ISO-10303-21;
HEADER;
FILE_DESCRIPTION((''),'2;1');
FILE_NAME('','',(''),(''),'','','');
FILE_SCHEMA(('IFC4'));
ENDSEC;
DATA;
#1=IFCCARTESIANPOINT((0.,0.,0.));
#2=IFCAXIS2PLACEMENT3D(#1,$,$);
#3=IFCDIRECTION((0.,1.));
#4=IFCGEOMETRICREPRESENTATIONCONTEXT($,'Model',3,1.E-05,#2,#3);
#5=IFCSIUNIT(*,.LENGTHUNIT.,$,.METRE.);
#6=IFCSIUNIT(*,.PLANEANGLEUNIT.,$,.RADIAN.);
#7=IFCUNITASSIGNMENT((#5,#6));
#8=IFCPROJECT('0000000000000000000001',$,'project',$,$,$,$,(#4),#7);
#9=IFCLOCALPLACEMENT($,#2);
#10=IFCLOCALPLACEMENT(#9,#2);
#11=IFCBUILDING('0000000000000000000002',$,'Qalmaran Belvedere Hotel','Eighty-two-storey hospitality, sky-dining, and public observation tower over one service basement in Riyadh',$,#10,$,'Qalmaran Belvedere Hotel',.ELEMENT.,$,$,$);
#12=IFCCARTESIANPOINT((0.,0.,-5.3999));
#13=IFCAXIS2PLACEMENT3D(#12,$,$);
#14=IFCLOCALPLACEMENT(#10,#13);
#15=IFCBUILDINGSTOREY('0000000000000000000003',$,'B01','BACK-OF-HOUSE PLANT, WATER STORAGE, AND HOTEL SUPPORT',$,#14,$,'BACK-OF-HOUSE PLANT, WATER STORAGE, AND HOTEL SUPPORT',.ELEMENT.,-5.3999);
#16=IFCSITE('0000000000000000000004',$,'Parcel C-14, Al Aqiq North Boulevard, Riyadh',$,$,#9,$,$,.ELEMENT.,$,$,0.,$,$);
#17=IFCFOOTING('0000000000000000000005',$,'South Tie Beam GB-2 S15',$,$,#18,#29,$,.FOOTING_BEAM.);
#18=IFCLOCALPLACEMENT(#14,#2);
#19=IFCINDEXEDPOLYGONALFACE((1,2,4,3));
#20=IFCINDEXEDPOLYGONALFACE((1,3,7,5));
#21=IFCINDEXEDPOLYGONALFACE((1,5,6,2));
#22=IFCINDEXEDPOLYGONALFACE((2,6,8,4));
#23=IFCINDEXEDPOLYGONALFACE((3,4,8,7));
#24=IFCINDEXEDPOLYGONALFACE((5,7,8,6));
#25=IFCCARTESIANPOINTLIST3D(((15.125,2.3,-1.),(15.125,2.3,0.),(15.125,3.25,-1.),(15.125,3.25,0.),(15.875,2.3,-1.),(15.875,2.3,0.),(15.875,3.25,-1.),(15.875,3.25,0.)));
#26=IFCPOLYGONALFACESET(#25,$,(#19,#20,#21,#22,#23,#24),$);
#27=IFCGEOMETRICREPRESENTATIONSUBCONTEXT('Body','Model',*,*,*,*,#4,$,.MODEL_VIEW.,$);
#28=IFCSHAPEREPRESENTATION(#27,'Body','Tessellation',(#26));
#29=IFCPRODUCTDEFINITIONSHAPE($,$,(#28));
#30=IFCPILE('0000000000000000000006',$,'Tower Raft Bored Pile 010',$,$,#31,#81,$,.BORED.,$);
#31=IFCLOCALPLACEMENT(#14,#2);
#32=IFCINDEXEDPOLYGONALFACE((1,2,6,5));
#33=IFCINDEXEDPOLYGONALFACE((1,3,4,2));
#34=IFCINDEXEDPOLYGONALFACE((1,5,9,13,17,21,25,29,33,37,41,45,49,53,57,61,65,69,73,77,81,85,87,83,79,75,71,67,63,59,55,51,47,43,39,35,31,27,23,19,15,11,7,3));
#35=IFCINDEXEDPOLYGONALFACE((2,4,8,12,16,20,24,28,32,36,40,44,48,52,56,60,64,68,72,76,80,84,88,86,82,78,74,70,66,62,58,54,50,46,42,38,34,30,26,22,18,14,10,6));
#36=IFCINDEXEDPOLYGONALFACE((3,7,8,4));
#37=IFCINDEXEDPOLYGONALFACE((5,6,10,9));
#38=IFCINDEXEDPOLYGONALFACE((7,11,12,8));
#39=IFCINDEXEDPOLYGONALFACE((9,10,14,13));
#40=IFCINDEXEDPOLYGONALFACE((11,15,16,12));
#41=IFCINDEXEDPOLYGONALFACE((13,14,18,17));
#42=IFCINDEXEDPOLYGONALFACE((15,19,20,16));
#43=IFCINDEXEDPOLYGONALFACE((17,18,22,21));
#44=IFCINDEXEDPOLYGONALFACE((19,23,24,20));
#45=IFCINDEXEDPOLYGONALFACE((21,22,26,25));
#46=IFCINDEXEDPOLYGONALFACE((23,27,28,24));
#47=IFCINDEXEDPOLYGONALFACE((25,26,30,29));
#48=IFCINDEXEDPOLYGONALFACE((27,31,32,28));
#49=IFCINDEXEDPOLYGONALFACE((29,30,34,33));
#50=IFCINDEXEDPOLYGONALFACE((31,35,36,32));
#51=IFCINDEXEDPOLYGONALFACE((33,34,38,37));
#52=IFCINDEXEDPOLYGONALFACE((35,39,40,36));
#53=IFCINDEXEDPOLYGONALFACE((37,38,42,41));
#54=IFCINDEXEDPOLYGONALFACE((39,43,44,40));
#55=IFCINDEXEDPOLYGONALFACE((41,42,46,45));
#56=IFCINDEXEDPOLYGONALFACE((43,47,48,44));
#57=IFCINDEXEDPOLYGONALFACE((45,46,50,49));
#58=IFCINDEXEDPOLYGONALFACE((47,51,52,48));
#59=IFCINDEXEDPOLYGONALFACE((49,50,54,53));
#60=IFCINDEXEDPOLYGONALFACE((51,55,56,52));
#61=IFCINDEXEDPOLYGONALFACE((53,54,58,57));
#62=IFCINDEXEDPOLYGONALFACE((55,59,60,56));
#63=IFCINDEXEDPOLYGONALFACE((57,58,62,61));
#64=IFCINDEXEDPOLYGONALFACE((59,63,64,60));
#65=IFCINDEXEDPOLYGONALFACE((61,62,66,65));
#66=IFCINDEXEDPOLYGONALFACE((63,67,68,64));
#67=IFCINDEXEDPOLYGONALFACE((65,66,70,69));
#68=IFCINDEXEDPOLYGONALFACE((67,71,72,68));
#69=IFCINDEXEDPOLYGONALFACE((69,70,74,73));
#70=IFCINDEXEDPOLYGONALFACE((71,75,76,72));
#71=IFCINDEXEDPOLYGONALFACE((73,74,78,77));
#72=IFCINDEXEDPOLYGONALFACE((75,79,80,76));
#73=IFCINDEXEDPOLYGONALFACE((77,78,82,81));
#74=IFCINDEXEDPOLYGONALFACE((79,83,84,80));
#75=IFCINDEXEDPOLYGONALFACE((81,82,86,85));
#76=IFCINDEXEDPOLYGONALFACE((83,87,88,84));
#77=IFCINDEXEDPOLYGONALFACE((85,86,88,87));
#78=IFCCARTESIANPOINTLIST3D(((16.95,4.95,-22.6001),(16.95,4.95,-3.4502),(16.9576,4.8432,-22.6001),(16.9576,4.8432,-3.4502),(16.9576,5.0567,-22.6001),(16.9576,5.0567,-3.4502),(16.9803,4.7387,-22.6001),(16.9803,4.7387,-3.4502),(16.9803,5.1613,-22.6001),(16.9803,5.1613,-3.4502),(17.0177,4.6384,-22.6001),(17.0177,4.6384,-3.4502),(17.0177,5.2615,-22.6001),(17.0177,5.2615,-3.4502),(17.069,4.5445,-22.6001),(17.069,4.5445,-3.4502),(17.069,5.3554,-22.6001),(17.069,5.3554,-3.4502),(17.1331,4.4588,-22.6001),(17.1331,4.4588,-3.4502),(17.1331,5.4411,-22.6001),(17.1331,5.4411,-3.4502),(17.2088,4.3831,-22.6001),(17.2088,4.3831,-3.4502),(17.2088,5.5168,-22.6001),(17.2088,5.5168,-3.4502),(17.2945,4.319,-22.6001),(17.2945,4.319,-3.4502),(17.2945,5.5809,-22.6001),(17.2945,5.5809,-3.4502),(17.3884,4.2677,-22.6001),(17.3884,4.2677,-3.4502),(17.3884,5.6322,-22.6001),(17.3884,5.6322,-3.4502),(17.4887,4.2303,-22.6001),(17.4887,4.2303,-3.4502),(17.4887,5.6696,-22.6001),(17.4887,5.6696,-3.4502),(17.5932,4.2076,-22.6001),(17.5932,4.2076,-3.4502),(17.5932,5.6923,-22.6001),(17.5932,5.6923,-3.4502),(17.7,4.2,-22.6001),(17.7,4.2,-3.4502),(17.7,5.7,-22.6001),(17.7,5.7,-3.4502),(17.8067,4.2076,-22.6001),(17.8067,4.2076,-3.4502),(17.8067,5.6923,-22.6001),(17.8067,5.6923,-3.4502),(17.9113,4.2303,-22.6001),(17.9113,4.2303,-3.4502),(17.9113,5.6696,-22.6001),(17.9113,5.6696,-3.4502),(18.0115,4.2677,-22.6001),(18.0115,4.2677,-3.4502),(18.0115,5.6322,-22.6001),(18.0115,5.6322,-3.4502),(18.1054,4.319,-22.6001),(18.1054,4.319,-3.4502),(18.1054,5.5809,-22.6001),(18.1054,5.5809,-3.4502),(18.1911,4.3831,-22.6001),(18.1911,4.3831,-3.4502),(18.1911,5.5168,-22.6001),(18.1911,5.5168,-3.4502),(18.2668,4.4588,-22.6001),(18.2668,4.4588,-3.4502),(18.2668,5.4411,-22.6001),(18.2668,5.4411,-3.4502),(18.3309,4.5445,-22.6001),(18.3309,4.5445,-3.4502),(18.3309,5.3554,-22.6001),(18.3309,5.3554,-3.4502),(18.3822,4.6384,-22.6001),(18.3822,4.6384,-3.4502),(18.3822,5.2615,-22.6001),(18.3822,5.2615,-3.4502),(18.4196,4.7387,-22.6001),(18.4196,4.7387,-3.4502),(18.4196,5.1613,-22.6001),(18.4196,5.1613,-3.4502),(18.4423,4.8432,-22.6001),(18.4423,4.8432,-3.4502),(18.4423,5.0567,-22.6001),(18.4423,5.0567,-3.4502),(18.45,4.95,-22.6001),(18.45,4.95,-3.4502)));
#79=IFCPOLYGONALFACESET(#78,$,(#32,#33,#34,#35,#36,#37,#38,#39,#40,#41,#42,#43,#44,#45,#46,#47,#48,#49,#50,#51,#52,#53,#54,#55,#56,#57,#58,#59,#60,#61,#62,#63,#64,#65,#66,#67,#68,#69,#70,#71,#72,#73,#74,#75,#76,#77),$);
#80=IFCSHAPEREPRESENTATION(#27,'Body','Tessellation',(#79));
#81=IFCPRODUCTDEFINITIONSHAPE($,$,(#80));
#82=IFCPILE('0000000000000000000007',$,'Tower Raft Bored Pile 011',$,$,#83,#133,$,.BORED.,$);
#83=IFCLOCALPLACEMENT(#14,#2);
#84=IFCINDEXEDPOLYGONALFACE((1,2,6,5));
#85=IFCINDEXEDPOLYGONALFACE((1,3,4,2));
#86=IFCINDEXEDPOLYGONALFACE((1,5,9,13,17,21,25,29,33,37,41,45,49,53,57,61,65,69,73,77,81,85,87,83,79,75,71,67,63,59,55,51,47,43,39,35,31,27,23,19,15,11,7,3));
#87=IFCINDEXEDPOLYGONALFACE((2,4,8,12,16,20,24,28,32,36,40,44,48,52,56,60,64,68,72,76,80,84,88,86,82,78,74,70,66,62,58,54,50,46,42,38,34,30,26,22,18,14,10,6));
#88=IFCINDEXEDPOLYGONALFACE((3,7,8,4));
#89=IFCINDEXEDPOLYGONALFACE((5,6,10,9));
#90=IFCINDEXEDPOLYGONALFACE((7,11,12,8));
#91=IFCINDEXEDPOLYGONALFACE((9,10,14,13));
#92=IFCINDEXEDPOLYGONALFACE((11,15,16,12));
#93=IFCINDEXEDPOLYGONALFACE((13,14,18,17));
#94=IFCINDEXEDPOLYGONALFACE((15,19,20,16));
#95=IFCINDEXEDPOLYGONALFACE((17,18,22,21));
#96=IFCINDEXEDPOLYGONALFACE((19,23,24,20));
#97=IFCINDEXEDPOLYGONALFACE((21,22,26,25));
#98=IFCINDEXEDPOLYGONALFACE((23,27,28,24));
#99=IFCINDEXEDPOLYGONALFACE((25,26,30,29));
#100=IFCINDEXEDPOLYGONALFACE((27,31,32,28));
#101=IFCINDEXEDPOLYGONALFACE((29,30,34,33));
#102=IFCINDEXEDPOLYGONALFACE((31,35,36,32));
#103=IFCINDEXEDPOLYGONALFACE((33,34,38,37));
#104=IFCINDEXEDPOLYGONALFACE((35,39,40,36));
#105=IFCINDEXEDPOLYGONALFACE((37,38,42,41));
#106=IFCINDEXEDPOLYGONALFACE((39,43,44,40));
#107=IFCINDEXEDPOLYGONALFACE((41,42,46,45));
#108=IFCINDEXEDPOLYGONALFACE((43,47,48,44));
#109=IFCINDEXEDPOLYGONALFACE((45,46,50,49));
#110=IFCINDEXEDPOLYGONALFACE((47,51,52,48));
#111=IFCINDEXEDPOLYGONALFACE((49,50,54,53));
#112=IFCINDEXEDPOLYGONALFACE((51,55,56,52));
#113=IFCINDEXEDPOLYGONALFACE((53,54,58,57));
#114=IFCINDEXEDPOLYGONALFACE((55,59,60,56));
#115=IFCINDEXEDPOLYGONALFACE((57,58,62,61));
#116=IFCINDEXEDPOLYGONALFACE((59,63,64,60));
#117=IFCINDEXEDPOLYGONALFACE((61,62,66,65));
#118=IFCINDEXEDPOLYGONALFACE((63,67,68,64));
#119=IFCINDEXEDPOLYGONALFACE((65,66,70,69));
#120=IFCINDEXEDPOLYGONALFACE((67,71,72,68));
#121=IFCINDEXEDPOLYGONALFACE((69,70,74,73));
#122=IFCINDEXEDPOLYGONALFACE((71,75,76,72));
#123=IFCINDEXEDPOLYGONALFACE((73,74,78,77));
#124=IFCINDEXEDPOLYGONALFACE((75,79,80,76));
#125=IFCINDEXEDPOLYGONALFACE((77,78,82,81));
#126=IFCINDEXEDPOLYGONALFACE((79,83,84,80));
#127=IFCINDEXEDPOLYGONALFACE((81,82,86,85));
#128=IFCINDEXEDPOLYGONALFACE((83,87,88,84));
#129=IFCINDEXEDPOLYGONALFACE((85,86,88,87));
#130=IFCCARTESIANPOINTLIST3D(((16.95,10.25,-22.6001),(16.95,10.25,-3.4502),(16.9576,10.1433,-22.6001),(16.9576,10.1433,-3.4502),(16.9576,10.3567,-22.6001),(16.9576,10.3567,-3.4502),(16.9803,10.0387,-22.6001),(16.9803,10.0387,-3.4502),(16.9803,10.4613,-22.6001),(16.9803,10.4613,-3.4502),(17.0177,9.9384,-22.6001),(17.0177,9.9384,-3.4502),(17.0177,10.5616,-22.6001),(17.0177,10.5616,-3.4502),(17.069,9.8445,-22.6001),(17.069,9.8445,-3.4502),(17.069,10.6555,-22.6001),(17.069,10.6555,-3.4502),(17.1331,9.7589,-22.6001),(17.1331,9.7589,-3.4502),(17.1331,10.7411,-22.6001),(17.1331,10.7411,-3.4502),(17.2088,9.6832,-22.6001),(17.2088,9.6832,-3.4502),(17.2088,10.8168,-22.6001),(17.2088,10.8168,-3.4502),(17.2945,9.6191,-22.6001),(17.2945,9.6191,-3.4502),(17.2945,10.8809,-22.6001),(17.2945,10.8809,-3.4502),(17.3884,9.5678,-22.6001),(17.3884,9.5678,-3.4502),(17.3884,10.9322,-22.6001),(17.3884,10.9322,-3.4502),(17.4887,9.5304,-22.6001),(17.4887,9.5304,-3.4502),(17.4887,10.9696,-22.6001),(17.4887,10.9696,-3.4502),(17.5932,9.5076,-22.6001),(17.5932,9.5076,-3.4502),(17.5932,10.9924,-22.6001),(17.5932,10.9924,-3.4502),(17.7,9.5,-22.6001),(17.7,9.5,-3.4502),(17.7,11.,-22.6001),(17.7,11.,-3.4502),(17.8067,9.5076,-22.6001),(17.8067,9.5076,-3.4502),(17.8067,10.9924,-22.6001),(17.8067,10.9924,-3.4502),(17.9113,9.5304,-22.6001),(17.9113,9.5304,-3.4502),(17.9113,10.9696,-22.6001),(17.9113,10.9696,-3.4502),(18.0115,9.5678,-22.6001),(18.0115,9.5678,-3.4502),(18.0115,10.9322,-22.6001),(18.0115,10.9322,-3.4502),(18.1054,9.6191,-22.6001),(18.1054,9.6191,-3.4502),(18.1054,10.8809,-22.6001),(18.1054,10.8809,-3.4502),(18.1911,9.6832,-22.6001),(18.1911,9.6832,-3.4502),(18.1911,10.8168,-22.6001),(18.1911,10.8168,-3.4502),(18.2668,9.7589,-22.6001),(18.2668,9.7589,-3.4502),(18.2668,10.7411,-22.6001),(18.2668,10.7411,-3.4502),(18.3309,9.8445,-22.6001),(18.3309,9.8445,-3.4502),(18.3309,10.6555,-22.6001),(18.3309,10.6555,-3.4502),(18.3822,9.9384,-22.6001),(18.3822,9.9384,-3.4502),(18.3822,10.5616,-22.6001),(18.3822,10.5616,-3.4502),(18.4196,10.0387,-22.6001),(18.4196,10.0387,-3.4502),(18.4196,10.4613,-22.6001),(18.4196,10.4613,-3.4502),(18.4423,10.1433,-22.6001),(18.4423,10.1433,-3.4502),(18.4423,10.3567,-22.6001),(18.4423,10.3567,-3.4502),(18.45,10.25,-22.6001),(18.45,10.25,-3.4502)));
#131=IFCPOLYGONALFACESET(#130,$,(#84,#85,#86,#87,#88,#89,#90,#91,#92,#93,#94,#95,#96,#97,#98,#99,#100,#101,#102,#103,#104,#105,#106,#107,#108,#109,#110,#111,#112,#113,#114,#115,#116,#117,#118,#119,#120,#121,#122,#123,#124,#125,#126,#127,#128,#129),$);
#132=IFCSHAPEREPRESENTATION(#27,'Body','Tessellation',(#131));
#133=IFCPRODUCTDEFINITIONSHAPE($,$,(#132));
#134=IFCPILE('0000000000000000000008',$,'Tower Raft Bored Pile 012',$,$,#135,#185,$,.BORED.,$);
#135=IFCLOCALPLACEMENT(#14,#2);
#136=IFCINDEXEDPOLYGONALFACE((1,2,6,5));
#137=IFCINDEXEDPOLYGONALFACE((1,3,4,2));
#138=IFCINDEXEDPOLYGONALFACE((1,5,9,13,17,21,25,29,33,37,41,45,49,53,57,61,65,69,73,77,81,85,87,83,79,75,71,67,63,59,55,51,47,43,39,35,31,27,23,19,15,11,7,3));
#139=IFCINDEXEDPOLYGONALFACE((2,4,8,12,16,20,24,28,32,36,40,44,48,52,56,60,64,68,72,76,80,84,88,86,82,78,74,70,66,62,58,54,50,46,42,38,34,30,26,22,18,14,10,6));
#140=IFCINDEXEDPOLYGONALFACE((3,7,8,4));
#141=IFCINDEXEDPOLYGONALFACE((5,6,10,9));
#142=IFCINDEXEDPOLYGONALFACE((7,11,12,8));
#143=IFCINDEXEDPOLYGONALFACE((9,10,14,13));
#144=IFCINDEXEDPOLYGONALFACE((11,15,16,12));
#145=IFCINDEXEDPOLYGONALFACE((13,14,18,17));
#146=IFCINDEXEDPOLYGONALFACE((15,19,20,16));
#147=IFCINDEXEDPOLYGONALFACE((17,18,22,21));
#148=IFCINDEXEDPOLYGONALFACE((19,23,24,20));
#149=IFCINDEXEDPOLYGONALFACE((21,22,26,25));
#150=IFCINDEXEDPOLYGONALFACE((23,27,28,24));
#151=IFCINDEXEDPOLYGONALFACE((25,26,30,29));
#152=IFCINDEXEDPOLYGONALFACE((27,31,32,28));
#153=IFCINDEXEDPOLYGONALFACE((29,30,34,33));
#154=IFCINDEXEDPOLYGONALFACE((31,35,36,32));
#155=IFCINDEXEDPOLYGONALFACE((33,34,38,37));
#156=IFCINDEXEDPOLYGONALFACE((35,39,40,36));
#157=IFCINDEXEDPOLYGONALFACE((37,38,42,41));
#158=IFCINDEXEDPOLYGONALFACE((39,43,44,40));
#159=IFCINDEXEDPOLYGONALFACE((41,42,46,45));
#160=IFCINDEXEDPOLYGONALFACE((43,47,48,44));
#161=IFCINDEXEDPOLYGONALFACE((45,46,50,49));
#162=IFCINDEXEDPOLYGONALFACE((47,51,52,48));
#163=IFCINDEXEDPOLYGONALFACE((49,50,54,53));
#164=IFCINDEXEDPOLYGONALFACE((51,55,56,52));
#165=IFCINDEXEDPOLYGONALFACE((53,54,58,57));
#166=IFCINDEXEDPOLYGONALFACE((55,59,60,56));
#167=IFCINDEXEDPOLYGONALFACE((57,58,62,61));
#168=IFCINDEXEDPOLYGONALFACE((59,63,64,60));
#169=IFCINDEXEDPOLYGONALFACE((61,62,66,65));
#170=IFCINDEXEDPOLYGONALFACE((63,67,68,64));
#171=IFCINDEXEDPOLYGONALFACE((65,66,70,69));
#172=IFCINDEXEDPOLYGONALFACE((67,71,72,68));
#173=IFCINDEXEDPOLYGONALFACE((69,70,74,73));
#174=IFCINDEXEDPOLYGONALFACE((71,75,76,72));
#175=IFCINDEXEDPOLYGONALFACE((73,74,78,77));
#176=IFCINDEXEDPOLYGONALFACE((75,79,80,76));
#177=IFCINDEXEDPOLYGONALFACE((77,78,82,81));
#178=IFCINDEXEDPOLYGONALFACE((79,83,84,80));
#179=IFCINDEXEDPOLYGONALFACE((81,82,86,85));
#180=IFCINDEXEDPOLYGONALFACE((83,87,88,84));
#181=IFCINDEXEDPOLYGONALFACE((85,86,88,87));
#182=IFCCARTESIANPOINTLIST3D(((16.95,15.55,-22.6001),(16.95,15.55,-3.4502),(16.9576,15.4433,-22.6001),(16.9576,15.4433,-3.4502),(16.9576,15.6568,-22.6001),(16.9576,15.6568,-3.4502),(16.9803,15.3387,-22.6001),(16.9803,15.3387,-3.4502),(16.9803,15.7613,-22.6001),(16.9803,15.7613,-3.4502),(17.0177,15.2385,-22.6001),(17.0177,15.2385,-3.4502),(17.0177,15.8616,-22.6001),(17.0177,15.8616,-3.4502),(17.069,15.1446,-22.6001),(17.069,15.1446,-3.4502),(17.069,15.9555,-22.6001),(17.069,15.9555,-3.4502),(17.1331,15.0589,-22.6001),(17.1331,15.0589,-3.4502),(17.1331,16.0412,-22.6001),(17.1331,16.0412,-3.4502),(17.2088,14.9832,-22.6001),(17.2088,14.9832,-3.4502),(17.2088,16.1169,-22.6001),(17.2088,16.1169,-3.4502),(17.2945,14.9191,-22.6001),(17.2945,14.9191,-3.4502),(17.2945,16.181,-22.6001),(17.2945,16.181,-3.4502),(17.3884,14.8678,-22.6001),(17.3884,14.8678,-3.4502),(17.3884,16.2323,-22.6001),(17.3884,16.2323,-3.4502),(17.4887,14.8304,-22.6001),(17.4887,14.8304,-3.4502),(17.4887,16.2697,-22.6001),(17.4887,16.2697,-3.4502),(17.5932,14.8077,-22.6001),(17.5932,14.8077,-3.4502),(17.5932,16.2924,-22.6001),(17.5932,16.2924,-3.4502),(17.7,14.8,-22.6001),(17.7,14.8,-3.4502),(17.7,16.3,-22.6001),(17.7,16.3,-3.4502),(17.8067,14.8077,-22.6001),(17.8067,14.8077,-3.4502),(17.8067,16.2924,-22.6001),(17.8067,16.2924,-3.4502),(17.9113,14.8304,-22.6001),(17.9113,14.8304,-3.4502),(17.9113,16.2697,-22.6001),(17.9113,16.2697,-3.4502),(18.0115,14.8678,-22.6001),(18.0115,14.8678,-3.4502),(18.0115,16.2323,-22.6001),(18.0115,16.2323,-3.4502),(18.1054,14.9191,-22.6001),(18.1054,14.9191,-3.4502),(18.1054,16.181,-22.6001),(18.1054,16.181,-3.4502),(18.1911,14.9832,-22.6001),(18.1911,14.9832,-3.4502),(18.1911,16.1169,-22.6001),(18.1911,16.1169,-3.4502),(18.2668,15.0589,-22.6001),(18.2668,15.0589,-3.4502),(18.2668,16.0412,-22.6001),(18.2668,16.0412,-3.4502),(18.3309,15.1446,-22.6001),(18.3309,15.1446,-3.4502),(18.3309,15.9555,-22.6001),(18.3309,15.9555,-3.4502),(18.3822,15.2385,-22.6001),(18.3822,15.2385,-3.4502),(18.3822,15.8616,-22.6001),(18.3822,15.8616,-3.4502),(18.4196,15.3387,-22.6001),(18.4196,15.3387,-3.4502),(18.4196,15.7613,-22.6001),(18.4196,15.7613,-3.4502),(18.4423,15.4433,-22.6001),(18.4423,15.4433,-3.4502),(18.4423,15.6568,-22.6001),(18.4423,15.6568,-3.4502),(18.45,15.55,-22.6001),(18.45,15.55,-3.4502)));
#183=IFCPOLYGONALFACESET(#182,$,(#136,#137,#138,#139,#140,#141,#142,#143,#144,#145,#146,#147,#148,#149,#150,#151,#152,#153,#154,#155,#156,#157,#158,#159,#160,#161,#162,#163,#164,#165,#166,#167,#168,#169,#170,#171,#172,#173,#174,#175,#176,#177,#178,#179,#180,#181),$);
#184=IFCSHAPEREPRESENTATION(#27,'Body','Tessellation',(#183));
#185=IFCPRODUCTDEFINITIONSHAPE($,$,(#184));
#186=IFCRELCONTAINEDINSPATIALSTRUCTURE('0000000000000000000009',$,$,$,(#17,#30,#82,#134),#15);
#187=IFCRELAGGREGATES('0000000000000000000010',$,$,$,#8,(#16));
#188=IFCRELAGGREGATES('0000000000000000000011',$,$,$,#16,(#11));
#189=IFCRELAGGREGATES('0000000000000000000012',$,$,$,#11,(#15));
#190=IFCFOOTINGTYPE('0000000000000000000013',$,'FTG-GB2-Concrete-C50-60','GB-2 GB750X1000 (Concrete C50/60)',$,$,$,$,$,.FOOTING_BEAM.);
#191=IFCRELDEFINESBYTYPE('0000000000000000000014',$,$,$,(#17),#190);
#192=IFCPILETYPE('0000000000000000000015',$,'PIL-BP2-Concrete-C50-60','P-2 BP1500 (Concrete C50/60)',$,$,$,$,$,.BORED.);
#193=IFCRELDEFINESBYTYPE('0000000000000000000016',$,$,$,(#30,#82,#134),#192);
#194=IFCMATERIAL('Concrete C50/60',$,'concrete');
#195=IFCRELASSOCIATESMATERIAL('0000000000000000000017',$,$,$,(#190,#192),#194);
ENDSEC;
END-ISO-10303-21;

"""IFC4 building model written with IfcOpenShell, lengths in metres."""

from ifc_helpers import new_model, si_unit, direction, frame, origin, origin_2d, place, context, subcontext, project, spatial, rectangle, circle, extrude, material, material_profile, profile_set, type_object, element, save


model = new_model("IFC4")

# Units and contexts
model_context = context("Model", 3, precision=1e-05, world=origin(), true_north=direction((0.0, 1.0)))
body_context = subcontext(model_context, "Body", "Model", "MODEL_VIEW")
ifc_project = project(units=[si_unit("LENGTHUNIT", "METRE"), si_unit("PLANEANGLEUNIT", "RADIAN")], contexts=[model_context])

# Site, building, storey
site_placement = place(None, origin())
site = spatial("IfcSite", under=ifc_project, at=site_placement, Name="Parcel C-14, Al Aqiq North Boulevard, Riyadh", CompositionType="ELEMENT", RefElevation=0.0)
building_placement = place(site_placement, origin())
building = spatial("IfcBuilding", under=site, at=building_placement, Name="Qalmaran Belvedere Hotel", Description="Eighty-two-storey hospitality, sky-dining, and public observation tower over one service basement in Riyadh", LongName="Qalmaran Belvedere Hotel", CompositionType="ELEMENT")
storey_placement = place(building_placement, frame((0.0, 0.0, -5.3999)))
storey = spatial("IfcBuildingStorey", under=building, at=storey_placement, Name="B01", Description="BACK-OF-HOUSE PLANT, WATER STORAGE, AND HOTEL SUPPORT", LongName="BACK-OF-HOUSE PLANT, WATER STORAGE, AND HOTEL SUPPORT", CompositionType="ELEMENT", Elevation=-5.3999)

# Footing
ifc_material_1 = material(Name="Concrete C50/60", Category="concrete")
ifc_material_profile_1 = material_profile(ifc_material_1, rectangle(XDim=0.75, YDim=1.0, at=origin_2d()), Name="GB750X1000")
ifc_profile_set_1 = profile_set([ifc_material_profile_1], Name="Concrete C50/60")
footing_type = type_object("IfcFootingType", Name="FTG-GB2-Concrete-C50-60", Description="GB-2 GB750X1000 (Concrete C50/60)", PredefinedType="FOOTING_BEAM", material=ifc_profile_set_1)
footing_placement = place(storey_placement, frame((15.5, 2.3, -0.5), z_axis=(0.0, 1.0, 0.0), x_axis=(-1.0, 0.0, 0.0)))
element("IfcFooting", 1, at=footing_placement, inside=storey, type_object=footing_type, Name="South Tie Beam GB-2 S15", PredefinedType="FOOTING_BEAM", context=body_context, shape_type="SweptSolid", body=[
    extrude(rectangle(XDim=0.75, YDim=1.0, at=origin_2d()), origin(), (0.0, 0.0, 1.0), 0.95),
])

# Piles
ifc_material_profile_2 = material_profile(ifc_material_1, circle(Radius=0.75, at=origin_2d()), Name="BP1500")
ifc_profile_set_2 = profile_set([ifc_material_profile_2], Name="Concrete C50/60")
pile_type_1 = type_object("IfcPileType", Name="PIL-BP2-Concrete-C50-60", Description="P-2 BP1500 (Concrete C50/60)", PredefinedType="BORED", material=ifc_profile_set_2)
for number, where, z_axis, x_axis, name in (
    (2, (17.7, 4.95, -3.4502), (0.0, 0.0, -1.0), (1.0, 0.0, 0.0), "Tower Raft Bored Pile 010"),
    (3, (17.7, 10.25, -3.4502), (0.0, 0.0, -1.0), (1.0, 0.0, 0.0), "Tower Raft Bored Pile 011"),
    (4, (17.7, 15.55, -3.4502), (0.0, 0.0, -1.0), (1.0, 0.0, 0.0), "Tower Raft Bored Pile 012"),
):
    element("IfcPile", number, at=place(storey_placement, frame(where, z_axis=z_axis, x_axis=x_axis)), inside=storey, type_object=pile_type_1, Name=name, PredefinedType="BORED", context=body_context, shape_type="SweptSolid", body=[
        extrude(circle(Radius=0.75, at=origin_2d()), origin(), (0.0, 0.0, 1.0), 19.1499),
    ])

save(model, "model.ifc")
